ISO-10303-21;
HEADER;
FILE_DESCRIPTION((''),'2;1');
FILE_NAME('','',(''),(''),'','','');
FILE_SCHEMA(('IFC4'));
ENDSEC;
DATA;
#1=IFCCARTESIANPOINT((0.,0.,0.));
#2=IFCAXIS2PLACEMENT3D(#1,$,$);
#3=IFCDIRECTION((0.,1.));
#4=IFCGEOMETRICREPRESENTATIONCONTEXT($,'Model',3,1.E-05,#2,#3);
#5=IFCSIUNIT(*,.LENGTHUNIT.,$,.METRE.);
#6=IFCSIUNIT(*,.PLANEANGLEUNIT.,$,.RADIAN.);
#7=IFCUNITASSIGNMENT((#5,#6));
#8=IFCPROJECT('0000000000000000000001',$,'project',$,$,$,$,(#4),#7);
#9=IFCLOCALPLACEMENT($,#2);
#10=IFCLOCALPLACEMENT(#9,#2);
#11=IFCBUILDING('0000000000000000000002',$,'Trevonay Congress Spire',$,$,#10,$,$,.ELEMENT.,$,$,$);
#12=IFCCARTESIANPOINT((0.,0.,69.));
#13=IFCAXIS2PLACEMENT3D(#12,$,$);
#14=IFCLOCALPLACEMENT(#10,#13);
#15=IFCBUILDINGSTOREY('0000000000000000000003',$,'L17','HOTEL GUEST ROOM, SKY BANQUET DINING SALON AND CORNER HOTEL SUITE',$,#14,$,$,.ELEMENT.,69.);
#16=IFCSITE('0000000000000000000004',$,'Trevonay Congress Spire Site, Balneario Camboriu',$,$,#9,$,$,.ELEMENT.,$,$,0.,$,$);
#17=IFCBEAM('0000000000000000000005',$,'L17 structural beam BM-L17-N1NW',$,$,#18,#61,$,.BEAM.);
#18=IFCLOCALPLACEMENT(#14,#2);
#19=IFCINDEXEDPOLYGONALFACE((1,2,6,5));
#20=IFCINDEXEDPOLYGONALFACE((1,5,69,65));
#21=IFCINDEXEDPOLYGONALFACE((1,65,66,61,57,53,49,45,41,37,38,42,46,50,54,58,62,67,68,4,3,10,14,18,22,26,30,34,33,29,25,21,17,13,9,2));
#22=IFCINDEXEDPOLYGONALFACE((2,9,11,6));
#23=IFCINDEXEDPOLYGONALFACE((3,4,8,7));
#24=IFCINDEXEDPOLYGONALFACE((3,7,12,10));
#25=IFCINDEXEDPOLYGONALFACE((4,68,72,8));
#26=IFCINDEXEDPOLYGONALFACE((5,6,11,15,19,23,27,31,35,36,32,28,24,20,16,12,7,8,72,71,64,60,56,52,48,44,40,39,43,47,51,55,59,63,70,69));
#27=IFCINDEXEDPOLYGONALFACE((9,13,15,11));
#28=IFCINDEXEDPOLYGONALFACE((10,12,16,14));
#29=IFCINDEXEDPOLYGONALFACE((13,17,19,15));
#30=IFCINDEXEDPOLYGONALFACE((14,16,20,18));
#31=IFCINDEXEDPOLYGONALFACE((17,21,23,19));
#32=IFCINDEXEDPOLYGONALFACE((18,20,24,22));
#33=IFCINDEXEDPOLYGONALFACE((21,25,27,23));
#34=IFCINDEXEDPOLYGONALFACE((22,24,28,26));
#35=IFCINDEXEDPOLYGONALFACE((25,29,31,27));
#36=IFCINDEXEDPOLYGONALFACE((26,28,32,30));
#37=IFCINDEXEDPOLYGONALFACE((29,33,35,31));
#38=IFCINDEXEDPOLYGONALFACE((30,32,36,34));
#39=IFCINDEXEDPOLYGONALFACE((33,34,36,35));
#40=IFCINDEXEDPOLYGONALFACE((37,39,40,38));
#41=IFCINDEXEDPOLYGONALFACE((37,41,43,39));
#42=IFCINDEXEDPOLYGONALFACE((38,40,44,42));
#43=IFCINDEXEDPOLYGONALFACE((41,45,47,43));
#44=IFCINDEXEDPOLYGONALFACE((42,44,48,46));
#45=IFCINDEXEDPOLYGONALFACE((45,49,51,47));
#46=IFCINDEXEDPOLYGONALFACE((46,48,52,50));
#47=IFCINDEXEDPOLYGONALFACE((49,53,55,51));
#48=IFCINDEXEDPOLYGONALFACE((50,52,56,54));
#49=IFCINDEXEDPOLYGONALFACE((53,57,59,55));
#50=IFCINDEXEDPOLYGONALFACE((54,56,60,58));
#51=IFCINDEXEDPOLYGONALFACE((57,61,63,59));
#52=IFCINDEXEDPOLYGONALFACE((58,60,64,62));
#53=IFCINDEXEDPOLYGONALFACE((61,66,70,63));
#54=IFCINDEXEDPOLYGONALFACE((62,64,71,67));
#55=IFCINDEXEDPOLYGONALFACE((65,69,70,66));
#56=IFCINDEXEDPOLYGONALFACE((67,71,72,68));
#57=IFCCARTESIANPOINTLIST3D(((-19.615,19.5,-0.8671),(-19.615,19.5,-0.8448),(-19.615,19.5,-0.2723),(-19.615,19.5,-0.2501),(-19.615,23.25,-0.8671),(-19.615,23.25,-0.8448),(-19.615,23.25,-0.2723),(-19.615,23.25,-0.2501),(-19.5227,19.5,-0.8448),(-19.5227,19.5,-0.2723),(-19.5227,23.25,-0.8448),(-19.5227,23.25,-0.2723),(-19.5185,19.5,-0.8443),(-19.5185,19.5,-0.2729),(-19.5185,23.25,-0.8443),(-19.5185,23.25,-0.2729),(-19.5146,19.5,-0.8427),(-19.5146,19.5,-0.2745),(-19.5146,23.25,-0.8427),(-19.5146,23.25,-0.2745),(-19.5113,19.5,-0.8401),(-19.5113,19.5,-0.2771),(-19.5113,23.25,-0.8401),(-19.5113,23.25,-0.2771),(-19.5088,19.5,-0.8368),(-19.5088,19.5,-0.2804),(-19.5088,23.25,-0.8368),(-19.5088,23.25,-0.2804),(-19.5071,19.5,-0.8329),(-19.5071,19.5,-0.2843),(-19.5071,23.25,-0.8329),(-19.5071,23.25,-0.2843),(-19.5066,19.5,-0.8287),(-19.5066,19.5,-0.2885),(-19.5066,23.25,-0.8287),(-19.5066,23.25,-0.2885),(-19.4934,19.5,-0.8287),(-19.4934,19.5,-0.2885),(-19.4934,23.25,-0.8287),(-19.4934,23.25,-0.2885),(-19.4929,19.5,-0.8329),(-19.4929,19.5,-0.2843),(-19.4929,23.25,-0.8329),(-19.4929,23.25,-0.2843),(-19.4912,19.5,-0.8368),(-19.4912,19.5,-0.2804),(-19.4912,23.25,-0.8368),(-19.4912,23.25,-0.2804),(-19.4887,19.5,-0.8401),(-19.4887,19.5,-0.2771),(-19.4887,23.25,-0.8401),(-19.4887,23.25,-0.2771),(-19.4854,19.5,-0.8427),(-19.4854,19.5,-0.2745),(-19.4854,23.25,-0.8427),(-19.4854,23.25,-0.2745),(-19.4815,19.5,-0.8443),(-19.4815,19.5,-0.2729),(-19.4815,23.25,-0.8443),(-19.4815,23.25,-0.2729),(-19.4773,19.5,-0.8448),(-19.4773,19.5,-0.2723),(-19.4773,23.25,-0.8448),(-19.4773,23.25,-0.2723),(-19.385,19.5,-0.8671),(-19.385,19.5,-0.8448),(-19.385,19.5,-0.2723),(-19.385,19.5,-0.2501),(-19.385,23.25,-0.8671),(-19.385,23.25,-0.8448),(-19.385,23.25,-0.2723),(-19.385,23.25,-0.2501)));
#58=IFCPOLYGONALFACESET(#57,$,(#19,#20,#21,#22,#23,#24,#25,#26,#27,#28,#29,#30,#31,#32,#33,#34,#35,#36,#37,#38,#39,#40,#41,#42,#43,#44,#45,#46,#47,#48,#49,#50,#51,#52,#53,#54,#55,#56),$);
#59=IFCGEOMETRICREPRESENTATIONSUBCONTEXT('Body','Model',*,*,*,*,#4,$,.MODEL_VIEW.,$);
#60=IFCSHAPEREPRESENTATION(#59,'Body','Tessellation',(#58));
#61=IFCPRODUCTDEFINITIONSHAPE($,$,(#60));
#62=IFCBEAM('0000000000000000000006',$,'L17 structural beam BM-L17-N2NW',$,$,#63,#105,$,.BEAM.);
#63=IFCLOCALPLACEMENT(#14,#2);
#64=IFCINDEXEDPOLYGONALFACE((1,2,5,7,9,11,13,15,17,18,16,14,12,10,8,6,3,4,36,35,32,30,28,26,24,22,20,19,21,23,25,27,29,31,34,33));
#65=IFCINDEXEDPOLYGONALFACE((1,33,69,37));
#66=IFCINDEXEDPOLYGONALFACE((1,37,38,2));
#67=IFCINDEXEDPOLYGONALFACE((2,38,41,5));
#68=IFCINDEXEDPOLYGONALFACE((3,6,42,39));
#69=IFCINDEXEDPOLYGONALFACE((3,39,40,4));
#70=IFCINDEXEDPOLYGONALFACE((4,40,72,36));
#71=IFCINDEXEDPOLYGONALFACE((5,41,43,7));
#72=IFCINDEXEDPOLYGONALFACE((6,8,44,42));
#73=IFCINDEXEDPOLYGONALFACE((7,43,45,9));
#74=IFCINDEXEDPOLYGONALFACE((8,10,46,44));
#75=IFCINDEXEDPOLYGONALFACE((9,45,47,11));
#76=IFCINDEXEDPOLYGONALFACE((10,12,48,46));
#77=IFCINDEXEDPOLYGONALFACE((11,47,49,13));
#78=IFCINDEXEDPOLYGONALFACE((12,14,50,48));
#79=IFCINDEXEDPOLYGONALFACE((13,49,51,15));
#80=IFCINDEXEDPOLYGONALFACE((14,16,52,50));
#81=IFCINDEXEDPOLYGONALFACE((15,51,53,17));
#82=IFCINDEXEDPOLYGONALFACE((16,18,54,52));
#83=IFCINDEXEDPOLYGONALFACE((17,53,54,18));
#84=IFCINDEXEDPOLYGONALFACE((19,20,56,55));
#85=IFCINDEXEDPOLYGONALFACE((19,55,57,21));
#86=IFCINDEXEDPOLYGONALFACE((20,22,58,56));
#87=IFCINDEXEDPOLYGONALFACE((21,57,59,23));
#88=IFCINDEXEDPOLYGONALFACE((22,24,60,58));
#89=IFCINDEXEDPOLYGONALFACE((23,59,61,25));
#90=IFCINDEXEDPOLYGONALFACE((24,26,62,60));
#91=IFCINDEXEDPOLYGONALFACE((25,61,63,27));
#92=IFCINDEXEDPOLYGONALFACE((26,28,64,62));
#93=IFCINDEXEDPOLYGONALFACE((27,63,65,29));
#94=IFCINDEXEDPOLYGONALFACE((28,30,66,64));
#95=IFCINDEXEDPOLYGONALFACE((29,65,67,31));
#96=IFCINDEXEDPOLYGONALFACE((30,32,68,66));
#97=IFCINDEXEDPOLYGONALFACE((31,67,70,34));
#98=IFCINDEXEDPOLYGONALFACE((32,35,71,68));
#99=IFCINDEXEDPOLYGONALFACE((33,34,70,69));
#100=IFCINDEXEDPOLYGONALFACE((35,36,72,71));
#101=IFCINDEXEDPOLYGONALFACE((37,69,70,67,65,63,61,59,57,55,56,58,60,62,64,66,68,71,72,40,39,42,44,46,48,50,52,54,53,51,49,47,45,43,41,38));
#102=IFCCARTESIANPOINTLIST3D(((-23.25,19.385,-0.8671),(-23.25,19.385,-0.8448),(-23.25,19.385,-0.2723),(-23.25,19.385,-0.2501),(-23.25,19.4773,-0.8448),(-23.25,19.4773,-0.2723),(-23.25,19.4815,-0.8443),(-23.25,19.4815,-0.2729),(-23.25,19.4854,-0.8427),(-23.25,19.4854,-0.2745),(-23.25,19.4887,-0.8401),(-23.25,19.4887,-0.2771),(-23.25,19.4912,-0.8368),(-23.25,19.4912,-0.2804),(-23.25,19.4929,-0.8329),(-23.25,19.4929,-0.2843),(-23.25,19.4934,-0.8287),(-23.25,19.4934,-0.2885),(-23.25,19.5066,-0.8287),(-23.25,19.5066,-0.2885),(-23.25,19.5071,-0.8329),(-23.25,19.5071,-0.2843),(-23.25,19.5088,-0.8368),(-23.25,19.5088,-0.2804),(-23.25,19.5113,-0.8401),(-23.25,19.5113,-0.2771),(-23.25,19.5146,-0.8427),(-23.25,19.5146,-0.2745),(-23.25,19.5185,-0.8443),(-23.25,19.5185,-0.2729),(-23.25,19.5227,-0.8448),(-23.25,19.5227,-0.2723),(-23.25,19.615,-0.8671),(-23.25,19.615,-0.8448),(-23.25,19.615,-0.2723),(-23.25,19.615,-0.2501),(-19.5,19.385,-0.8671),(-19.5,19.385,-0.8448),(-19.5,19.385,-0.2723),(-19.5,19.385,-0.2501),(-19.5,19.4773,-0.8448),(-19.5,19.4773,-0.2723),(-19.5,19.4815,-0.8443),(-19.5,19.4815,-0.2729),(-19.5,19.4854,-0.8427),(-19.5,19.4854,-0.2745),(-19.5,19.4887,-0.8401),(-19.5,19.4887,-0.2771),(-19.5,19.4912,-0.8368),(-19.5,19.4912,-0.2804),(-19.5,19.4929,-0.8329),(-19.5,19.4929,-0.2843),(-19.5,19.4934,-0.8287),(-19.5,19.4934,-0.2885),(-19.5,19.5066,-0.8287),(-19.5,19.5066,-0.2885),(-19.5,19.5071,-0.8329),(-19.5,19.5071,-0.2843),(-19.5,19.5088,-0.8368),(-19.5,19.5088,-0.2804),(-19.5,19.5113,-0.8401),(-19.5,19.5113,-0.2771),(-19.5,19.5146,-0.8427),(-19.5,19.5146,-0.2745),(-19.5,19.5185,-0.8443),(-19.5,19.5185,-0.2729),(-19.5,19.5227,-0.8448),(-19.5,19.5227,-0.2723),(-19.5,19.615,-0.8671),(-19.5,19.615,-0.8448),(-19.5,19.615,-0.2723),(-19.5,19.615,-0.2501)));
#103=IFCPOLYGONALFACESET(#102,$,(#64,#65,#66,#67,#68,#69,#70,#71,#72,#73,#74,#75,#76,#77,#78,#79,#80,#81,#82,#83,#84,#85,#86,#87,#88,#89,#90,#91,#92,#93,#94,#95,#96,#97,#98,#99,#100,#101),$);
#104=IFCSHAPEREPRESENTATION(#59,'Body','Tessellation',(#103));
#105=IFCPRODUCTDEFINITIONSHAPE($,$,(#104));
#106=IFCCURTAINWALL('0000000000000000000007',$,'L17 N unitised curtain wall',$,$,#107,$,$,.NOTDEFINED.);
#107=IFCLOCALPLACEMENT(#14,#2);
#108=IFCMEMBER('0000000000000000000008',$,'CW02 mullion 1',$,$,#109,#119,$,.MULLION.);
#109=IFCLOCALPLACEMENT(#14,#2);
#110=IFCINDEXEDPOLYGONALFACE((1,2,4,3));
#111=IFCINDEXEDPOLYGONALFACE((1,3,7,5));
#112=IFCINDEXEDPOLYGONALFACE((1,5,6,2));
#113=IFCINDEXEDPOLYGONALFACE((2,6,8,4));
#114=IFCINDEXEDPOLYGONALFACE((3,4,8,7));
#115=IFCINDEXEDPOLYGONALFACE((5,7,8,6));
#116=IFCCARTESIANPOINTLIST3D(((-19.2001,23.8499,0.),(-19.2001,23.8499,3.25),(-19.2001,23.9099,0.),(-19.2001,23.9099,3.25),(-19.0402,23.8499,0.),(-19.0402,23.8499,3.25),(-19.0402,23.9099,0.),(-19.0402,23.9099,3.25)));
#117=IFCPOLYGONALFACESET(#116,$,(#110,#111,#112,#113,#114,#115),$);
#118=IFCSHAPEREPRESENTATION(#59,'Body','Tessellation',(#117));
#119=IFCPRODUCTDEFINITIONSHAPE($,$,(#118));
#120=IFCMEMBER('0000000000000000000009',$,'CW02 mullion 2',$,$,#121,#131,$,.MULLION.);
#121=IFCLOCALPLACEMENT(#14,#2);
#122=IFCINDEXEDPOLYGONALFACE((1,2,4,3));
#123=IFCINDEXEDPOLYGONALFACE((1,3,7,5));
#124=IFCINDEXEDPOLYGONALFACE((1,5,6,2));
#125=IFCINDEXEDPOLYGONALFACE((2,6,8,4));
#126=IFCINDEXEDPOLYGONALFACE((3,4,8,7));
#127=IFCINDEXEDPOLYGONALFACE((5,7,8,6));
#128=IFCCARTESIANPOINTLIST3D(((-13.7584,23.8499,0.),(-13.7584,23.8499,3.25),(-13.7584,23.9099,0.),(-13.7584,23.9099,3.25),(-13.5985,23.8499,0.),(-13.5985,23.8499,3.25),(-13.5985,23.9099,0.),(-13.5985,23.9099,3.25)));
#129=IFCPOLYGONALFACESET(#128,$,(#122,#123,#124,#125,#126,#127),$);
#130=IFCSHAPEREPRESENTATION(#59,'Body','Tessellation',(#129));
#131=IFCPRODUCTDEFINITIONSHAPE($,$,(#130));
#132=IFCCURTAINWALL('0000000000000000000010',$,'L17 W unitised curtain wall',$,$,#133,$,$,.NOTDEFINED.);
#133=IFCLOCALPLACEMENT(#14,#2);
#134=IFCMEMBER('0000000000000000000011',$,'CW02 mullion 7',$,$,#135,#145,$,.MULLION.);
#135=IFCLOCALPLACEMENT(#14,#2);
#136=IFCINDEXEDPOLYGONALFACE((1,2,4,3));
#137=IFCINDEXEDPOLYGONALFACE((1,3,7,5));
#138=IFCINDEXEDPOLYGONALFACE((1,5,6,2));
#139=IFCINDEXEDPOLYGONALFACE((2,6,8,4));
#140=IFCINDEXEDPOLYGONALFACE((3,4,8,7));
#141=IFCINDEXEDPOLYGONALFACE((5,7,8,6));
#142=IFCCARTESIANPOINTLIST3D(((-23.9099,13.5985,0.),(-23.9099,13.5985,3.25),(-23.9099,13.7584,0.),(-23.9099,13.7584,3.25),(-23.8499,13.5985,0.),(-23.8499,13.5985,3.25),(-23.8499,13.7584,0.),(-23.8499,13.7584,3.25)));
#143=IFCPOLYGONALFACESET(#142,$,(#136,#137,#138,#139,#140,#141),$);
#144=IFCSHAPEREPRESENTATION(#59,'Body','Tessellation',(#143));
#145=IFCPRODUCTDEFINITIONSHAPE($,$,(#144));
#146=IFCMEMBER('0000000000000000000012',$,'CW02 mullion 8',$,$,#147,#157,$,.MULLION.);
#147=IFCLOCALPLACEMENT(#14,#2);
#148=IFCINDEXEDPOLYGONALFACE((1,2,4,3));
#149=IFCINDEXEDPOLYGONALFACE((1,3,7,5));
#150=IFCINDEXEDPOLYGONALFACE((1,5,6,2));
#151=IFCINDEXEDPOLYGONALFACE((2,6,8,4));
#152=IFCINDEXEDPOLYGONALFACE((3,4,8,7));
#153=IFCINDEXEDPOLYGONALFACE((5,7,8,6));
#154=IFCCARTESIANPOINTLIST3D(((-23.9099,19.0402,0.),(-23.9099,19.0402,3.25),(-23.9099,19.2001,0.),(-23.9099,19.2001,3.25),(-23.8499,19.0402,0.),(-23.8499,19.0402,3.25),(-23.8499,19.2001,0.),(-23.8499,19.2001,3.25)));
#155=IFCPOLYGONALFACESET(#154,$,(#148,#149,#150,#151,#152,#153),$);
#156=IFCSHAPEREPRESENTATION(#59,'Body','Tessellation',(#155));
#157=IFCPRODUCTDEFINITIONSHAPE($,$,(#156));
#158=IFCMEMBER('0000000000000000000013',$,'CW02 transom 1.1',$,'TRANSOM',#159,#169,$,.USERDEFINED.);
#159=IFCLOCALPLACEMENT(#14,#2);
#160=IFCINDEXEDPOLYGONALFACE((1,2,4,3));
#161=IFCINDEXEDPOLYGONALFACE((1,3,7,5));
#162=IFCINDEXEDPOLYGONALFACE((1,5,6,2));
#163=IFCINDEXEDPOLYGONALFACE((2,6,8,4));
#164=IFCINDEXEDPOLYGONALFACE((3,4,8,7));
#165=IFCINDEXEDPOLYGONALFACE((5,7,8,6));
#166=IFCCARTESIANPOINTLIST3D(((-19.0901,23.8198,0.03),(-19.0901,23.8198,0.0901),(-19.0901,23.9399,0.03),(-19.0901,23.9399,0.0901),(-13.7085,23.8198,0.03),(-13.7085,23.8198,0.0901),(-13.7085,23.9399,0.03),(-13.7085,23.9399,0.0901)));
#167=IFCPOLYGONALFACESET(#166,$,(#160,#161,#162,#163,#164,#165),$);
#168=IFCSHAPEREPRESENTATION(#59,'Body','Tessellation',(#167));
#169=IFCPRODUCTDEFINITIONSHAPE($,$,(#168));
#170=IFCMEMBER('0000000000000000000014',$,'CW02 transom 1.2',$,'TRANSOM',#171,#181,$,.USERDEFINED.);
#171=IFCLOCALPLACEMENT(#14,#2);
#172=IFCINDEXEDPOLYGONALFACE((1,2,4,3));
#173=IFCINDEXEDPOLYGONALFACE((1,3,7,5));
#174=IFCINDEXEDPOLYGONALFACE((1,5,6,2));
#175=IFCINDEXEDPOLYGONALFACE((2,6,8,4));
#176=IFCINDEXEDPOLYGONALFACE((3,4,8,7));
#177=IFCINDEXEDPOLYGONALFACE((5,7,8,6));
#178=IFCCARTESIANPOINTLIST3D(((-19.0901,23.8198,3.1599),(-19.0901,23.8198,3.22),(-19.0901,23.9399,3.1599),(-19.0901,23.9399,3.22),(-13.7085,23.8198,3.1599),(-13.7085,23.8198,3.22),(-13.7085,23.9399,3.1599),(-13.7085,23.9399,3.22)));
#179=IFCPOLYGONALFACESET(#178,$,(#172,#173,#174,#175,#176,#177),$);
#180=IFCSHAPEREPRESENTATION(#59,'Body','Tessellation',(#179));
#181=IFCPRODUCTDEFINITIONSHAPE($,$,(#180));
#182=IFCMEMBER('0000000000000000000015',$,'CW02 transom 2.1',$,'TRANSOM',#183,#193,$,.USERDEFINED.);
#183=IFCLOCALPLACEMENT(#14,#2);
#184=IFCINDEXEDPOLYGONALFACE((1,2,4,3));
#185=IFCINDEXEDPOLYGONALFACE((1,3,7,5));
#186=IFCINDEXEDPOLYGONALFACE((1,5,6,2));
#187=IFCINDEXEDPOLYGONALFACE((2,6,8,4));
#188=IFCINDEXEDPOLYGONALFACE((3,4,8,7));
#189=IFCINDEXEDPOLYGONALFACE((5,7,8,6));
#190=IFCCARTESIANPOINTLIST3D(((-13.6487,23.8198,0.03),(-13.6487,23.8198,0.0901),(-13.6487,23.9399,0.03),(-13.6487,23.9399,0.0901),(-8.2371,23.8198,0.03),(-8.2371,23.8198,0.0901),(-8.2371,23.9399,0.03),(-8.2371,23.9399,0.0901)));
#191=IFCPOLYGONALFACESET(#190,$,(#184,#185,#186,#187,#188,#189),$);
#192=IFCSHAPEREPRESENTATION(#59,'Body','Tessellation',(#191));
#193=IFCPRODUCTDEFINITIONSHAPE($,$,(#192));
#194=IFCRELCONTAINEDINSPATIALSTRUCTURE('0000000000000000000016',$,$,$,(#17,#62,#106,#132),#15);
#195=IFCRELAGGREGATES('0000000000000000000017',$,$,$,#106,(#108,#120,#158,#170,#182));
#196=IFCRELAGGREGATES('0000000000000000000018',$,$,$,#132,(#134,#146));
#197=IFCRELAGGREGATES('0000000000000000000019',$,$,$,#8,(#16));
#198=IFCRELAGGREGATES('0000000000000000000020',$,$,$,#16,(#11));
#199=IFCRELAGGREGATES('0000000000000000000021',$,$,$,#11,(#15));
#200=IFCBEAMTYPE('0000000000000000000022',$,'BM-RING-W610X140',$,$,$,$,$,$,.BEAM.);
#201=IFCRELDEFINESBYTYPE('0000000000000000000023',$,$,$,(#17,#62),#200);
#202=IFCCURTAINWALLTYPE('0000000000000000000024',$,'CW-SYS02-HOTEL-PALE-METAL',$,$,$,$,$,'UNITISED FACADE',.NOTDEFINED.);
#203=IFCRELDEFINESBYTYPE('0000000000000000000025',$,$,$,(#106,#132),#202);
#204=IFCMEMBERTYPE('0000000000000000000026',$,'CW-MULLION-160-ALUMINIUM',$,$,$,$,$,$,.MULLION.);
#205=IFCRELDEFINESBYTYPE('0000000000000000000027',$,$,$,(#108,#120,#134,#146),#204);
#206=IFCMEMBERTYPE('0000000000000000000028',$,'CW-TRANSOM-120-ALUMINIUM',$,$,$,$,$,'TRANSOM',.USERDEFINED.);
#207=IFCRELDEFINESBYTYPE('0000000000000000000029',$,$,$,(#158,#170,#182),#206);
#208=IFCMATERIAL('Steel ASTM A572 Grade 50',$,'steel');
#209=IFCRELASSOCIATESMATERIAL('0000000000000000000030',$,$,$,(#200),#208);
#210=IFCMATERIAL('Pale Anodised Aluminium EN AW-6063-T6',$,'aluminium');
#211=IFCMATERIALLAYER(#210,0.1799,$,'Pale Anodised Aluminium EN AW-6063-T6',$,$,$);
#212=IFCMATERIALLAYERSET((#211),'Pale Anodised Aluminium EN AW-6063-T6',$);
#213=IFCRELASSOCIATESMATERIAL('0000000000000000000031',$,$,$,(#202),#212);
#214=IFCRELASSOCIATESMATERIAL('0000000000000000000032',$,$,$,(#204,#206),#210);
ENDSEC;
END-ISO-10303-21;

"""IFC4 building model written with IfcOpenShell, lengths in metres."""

from ifc_helpers import new_model, si_unit, direction, frame, origin, origin_2d, place, context, subcontext, project, spatial, rectangle, i_section, extrude, material, layer, layer_set, material_profile, profile_set, type_object, element, aggregate, save


model = new_model("IFC4")

# Units and contexts
model_context = context("Model", 3, precision=1e-05, world=origin(), true_north=direction((0.0, 1.0)))
body_context = subcontext(model_context, "Body", "Model", "MODEL_VIEW")
ifc_project = project(units=[si_unit("LENGTHUNIT", "METRE"), si_unit("PLANEANGLEUNIT", "RADIAN")], contexts=[model_context])

# Site, building, storey
site_placement = place(None, origin())
site = spatial("IfcSite", under=ifc_project, at=site_placement, Name="Trevonay Congress Spire Site, Balneario Camboriu", CompositionType="ELEMENT", RefElevation=0.0)
building_placement = place(site_placement, origin())
building = spatial("IfcBuilding", under=site, at=building_placement, Name="Trevonay Congress Spire", CompositionType="ELEMENT")
storey_placement = place(building_placement, frame((0.0, 0.0, 69.0)))
storey = spatial("IfcBuildingStorey", under=building, at=storey_placement, Name="L17", Description="HOTEL GUEST ROOM, SKY BANQUET DINING SALON AND CORNER HOTEL SUITE", CompositionType="ELEMENT", Elevation=69.0)

# Shared definitions
ifc_material_1 = material(Name="Steel ASTM A572 Grade 50", Category="steel")

# Beams
ifc_material_profile_1 = material_profile(ifc_material_1, i_section(OverallWidth=0.23, OverallDepth=0.6169, WebThickness=0.0132, FlangeThickness=0.0222, FilletRadius=0.0161, at=origin_2d()), Name="W610x140")
ifc_profile_set_1 = profile_set([ifc_material_profile_1], Name="Steel ASTM A572 Grade 50")
beam_type = type_object("IfcBeamType", Name="BM-RING-W610X140", PredefinedType="BEAM", material=ifc_profile_set_1)
for number, where, z_axis, x_axis, name in (
    (1, (-19.5, 23.25, -0.5586), (0.0, -1.0, 0.0), (1.0, 0.0, 0.0), "L17 structural beam BM-L17-N1NW"),
    (2, (-23.25, 19.5, -0.5586), (1.0, 0.0, 0.0), (0.0, 1.0, 0.0), "L17 structural beam BM-L17-N2NW"),
):
    element("IfcBeam", number, at=place(storey_placement, frame(where, z_axis=z_axis, x_axis=x_axis)), inside=storey, type_object=beam_type, Name=name, PredefinedType="BEAM", context=body_context, shape_type="SweptSolid", body=[
        extrude(i_section(OverallWidth=0.23, OverallDepth=0.6169, WebThickness=0.0132, FlangeThickness=0.0222, FilletRadius=0.0161, at=origin_2d()), origin(), (0.0, 0.0, 1.0), 3.75),
    ])

# Curtain walls, members
ifc_material_2 = material(Name="Pale Anodised Aluminium EN AW-6063-T6", Category="aluminium")
ifc_layer_1 = layer(ifc_material_2, 0.1799, Name="Pale Anodised Aluminium EN AW-6063-T6")
ifc_layer_set_1 = layer_set([ifc_layer_1], Name="Pale Anodised Aluminium EN AW-6063-T6")
curtain_wall_type = type_object("IfcCurtainWallType", Name="CW-SYS02-HOTEL-PALE-METAL", ElementType="UNITISED FACADE", PredefinedType="NOTDEFINED", material=ifc_layer_set_1)
curtain_wall_1_placement = place(storey_placement, origin())
curtain_wall_1 = element("IfcCurtainWall", 3, at=curtain_wall_1_placement, inside=storey, type_object=curtain_wall_type, Name="L17 N unitised curtain wall", PredefinedType="NOTDEFINED")
ifc_material_profile_2 = material_profile(ifc_material_2, rectangle(XDim=0.0601, YDim=0.1599, at=origin_2d()), Name="CW-MULLION-160-ALUMINIUM")
ifc_profile_set_2 = profile_set([ifc_material_profile_2], Name="Pale Anodised Aluminium EN AW-6063-T6")
member_type_1 = type_object("IfcMemberType", Name="CW-MULLION-160-ALUMINIUM", PredefinedType="MULLION", material=ifc_profile_set_2)
member_1_placement = place(storey_placement, frame((-19.1201, 23.8799, 0.0), z_axis=(0.0, 0.0, 1.0), x_axis=(0.0, 1.0, 0.0)))
member_1 = element("IfcMember", 4, at=member_1_placement, type_object=member_type_1, Name="CW02 mullion 1", PredefinedType="MULLION", context=body_context, shape_type="SweptSolid", body=[
    extrude(rectangle(XDim=0.0601, YDim=0.1599, at=origin_2d()), origin(), (0.0, 0.0, 1.0), 3.25),
])
member_2_placement = place(storey_placement, frame((-13.6785, 23.8799, 0.0), z_axis=(0.0, 0.0, 1.0), x_axis=(0.0, 1.0, 0.0)))
member_2 = element("IfcMember", 5, at=member_2_placement, type_object=member_type_1, Name="CW02 mullion 2", PredefinedType="MULLION", context=body_context, shape_type="SweptSolid", body=[
    extrude(rectangle(XDim=0.0601, YDim=0.1599, at=origin_2d()), origin(), (0.0, 0.0, 1.0), 3.25),
])
curtain_wall_2_placement = place(storey_placement, origin())
curtain_wall_2 = element("IfcCurtainWall", 6, at=curtain_wall_2_placement, inside=storey, type_object=curtain_wall_type, Name="L17 W unitised curtain wall", PredefinedType="NOTDEFINED")
member_3_placement = place(storey_placement, frame((-23.8799, 13.6785, 0.0), z_axis=(0.0, 0.0, 1.0), x_axis=(-1.0, 0.0, 0.0)))
member_3 = element("IfcMember", 7, at=member_3_placement, type_object=member_type_1, Name="CW02 mullion 7", PredefinedType="MULLION", context=body_context, shape_type="SweptSolid", body=[
    extrude(rectangle(XDim=0.0601, YDim=0.1599, at=origin_2d()), origin(), (0.0, 0.0, 1.0), 3.25),
])
member_4_placement = place(storey_placement, frame((-23.8799, 19.1201, 0.0), z_axis=(0.0, 0.0, 1.0), x_axis=(-1.0, 0.0, 0.0)))
member_4 = element("IfcMember", 8, at=member_4_placement, type_object=member_type_1, Name="CW02 mullion 8", PredefinedType="MULLION", context=body_context, shape_type="SweptSolid", body=[
    extrude(rectangle(XDim=0.0601, YDim=0.1599, at=origin_2d()), origin(), (0.0, 0.0, 1.0), 3.25),
])

# Members
ifc_material_profile_3 = material_profile(ifc_material_2, rectangle(XDim=0.1201, YDim=0.0601, at=origin_2d()), Name="CW-TRANSOM-120-ALUMINIUM")
ifc_profile_set_3 = profile_set([ifc_material_profile_3], Name="Pale Anodised Aluminium EN AW-6063-T6")
member_type_2 = type_object("IfcMemberType", Name="CW-TRANSOM-120-ALUMINIUM", ElementType="TRANSOM", PredefinedType="USERDEFINED", material=ifc_profile_set_3)
member_5_placement = place(storey_placement, frame((-19.0901, 23.8799, 0.0601), z_axis=(1.0, 0.0, 0.0), x_axis=(0.0, 1.0, 0.0)))
member_5 = element("IfcMember", 9, at=member_5_placement, type_object=member_type_2, Name="CW02 transom 1.1", ObjectType="TRANSOM", PredefinedType="USERDEFINED", context=body_context, shape_type="SweptSolid", body=[
    extrude(rectangle(XDim=0.1201, YDim=0.0601, at=origin_2d()), origin(), (0.0, 0.0, 1.0), 5.3816),
])
member_6_placement = place(storey_placement, frame((-19.0901, 23.8799, 3.1899), z_axis=(1.0, 0.0, 0.0), x_axis=(0.0, 1.0, 0.0)))
member_6 = element("IfcMember", 10, at=member_6_placement, type_object=member_type_2, Name="CW02 transom 1.2", ObjectType="TRANSOM", PredefinedType="USERDEFINED", context=body_context, shape_type="SweptSolid", body=[
    extrude(rectangle(XDim=0.1201, YDim=0.0601, at=origin_2d()), origin(), (0.0, 0.0, 1.0), 5.3816),
])
member_7_placement = place(storey_placement, frame((-13.6487, 23.8799, 0.0601), z_axis=(1.0, 0.0, 0.0), x_axis=(0.0, 1.0, 0.0)))
member_7 = element("IfcMember", 11, at=member_7_placement, type_object=member_type_2, Name="CW02 transom 2.1", ObjectType="TRANSOM", PredefinedType="USERDEFINED", context=body_context, shape_type="SweptSolid", body=[
    extrude(rectangle(XDim=0.1201, YDim=0.0601, at=origin_2d()), origin(), (0.0, 0.0, 1.0), 5.4116),
])

aggregate(curtain_wall_1, [member_1, member_2, member_5, member_6, member_7])
aggregate(curtain_wall_2, [member_3, member_4])

save(model, "model.ifc")
